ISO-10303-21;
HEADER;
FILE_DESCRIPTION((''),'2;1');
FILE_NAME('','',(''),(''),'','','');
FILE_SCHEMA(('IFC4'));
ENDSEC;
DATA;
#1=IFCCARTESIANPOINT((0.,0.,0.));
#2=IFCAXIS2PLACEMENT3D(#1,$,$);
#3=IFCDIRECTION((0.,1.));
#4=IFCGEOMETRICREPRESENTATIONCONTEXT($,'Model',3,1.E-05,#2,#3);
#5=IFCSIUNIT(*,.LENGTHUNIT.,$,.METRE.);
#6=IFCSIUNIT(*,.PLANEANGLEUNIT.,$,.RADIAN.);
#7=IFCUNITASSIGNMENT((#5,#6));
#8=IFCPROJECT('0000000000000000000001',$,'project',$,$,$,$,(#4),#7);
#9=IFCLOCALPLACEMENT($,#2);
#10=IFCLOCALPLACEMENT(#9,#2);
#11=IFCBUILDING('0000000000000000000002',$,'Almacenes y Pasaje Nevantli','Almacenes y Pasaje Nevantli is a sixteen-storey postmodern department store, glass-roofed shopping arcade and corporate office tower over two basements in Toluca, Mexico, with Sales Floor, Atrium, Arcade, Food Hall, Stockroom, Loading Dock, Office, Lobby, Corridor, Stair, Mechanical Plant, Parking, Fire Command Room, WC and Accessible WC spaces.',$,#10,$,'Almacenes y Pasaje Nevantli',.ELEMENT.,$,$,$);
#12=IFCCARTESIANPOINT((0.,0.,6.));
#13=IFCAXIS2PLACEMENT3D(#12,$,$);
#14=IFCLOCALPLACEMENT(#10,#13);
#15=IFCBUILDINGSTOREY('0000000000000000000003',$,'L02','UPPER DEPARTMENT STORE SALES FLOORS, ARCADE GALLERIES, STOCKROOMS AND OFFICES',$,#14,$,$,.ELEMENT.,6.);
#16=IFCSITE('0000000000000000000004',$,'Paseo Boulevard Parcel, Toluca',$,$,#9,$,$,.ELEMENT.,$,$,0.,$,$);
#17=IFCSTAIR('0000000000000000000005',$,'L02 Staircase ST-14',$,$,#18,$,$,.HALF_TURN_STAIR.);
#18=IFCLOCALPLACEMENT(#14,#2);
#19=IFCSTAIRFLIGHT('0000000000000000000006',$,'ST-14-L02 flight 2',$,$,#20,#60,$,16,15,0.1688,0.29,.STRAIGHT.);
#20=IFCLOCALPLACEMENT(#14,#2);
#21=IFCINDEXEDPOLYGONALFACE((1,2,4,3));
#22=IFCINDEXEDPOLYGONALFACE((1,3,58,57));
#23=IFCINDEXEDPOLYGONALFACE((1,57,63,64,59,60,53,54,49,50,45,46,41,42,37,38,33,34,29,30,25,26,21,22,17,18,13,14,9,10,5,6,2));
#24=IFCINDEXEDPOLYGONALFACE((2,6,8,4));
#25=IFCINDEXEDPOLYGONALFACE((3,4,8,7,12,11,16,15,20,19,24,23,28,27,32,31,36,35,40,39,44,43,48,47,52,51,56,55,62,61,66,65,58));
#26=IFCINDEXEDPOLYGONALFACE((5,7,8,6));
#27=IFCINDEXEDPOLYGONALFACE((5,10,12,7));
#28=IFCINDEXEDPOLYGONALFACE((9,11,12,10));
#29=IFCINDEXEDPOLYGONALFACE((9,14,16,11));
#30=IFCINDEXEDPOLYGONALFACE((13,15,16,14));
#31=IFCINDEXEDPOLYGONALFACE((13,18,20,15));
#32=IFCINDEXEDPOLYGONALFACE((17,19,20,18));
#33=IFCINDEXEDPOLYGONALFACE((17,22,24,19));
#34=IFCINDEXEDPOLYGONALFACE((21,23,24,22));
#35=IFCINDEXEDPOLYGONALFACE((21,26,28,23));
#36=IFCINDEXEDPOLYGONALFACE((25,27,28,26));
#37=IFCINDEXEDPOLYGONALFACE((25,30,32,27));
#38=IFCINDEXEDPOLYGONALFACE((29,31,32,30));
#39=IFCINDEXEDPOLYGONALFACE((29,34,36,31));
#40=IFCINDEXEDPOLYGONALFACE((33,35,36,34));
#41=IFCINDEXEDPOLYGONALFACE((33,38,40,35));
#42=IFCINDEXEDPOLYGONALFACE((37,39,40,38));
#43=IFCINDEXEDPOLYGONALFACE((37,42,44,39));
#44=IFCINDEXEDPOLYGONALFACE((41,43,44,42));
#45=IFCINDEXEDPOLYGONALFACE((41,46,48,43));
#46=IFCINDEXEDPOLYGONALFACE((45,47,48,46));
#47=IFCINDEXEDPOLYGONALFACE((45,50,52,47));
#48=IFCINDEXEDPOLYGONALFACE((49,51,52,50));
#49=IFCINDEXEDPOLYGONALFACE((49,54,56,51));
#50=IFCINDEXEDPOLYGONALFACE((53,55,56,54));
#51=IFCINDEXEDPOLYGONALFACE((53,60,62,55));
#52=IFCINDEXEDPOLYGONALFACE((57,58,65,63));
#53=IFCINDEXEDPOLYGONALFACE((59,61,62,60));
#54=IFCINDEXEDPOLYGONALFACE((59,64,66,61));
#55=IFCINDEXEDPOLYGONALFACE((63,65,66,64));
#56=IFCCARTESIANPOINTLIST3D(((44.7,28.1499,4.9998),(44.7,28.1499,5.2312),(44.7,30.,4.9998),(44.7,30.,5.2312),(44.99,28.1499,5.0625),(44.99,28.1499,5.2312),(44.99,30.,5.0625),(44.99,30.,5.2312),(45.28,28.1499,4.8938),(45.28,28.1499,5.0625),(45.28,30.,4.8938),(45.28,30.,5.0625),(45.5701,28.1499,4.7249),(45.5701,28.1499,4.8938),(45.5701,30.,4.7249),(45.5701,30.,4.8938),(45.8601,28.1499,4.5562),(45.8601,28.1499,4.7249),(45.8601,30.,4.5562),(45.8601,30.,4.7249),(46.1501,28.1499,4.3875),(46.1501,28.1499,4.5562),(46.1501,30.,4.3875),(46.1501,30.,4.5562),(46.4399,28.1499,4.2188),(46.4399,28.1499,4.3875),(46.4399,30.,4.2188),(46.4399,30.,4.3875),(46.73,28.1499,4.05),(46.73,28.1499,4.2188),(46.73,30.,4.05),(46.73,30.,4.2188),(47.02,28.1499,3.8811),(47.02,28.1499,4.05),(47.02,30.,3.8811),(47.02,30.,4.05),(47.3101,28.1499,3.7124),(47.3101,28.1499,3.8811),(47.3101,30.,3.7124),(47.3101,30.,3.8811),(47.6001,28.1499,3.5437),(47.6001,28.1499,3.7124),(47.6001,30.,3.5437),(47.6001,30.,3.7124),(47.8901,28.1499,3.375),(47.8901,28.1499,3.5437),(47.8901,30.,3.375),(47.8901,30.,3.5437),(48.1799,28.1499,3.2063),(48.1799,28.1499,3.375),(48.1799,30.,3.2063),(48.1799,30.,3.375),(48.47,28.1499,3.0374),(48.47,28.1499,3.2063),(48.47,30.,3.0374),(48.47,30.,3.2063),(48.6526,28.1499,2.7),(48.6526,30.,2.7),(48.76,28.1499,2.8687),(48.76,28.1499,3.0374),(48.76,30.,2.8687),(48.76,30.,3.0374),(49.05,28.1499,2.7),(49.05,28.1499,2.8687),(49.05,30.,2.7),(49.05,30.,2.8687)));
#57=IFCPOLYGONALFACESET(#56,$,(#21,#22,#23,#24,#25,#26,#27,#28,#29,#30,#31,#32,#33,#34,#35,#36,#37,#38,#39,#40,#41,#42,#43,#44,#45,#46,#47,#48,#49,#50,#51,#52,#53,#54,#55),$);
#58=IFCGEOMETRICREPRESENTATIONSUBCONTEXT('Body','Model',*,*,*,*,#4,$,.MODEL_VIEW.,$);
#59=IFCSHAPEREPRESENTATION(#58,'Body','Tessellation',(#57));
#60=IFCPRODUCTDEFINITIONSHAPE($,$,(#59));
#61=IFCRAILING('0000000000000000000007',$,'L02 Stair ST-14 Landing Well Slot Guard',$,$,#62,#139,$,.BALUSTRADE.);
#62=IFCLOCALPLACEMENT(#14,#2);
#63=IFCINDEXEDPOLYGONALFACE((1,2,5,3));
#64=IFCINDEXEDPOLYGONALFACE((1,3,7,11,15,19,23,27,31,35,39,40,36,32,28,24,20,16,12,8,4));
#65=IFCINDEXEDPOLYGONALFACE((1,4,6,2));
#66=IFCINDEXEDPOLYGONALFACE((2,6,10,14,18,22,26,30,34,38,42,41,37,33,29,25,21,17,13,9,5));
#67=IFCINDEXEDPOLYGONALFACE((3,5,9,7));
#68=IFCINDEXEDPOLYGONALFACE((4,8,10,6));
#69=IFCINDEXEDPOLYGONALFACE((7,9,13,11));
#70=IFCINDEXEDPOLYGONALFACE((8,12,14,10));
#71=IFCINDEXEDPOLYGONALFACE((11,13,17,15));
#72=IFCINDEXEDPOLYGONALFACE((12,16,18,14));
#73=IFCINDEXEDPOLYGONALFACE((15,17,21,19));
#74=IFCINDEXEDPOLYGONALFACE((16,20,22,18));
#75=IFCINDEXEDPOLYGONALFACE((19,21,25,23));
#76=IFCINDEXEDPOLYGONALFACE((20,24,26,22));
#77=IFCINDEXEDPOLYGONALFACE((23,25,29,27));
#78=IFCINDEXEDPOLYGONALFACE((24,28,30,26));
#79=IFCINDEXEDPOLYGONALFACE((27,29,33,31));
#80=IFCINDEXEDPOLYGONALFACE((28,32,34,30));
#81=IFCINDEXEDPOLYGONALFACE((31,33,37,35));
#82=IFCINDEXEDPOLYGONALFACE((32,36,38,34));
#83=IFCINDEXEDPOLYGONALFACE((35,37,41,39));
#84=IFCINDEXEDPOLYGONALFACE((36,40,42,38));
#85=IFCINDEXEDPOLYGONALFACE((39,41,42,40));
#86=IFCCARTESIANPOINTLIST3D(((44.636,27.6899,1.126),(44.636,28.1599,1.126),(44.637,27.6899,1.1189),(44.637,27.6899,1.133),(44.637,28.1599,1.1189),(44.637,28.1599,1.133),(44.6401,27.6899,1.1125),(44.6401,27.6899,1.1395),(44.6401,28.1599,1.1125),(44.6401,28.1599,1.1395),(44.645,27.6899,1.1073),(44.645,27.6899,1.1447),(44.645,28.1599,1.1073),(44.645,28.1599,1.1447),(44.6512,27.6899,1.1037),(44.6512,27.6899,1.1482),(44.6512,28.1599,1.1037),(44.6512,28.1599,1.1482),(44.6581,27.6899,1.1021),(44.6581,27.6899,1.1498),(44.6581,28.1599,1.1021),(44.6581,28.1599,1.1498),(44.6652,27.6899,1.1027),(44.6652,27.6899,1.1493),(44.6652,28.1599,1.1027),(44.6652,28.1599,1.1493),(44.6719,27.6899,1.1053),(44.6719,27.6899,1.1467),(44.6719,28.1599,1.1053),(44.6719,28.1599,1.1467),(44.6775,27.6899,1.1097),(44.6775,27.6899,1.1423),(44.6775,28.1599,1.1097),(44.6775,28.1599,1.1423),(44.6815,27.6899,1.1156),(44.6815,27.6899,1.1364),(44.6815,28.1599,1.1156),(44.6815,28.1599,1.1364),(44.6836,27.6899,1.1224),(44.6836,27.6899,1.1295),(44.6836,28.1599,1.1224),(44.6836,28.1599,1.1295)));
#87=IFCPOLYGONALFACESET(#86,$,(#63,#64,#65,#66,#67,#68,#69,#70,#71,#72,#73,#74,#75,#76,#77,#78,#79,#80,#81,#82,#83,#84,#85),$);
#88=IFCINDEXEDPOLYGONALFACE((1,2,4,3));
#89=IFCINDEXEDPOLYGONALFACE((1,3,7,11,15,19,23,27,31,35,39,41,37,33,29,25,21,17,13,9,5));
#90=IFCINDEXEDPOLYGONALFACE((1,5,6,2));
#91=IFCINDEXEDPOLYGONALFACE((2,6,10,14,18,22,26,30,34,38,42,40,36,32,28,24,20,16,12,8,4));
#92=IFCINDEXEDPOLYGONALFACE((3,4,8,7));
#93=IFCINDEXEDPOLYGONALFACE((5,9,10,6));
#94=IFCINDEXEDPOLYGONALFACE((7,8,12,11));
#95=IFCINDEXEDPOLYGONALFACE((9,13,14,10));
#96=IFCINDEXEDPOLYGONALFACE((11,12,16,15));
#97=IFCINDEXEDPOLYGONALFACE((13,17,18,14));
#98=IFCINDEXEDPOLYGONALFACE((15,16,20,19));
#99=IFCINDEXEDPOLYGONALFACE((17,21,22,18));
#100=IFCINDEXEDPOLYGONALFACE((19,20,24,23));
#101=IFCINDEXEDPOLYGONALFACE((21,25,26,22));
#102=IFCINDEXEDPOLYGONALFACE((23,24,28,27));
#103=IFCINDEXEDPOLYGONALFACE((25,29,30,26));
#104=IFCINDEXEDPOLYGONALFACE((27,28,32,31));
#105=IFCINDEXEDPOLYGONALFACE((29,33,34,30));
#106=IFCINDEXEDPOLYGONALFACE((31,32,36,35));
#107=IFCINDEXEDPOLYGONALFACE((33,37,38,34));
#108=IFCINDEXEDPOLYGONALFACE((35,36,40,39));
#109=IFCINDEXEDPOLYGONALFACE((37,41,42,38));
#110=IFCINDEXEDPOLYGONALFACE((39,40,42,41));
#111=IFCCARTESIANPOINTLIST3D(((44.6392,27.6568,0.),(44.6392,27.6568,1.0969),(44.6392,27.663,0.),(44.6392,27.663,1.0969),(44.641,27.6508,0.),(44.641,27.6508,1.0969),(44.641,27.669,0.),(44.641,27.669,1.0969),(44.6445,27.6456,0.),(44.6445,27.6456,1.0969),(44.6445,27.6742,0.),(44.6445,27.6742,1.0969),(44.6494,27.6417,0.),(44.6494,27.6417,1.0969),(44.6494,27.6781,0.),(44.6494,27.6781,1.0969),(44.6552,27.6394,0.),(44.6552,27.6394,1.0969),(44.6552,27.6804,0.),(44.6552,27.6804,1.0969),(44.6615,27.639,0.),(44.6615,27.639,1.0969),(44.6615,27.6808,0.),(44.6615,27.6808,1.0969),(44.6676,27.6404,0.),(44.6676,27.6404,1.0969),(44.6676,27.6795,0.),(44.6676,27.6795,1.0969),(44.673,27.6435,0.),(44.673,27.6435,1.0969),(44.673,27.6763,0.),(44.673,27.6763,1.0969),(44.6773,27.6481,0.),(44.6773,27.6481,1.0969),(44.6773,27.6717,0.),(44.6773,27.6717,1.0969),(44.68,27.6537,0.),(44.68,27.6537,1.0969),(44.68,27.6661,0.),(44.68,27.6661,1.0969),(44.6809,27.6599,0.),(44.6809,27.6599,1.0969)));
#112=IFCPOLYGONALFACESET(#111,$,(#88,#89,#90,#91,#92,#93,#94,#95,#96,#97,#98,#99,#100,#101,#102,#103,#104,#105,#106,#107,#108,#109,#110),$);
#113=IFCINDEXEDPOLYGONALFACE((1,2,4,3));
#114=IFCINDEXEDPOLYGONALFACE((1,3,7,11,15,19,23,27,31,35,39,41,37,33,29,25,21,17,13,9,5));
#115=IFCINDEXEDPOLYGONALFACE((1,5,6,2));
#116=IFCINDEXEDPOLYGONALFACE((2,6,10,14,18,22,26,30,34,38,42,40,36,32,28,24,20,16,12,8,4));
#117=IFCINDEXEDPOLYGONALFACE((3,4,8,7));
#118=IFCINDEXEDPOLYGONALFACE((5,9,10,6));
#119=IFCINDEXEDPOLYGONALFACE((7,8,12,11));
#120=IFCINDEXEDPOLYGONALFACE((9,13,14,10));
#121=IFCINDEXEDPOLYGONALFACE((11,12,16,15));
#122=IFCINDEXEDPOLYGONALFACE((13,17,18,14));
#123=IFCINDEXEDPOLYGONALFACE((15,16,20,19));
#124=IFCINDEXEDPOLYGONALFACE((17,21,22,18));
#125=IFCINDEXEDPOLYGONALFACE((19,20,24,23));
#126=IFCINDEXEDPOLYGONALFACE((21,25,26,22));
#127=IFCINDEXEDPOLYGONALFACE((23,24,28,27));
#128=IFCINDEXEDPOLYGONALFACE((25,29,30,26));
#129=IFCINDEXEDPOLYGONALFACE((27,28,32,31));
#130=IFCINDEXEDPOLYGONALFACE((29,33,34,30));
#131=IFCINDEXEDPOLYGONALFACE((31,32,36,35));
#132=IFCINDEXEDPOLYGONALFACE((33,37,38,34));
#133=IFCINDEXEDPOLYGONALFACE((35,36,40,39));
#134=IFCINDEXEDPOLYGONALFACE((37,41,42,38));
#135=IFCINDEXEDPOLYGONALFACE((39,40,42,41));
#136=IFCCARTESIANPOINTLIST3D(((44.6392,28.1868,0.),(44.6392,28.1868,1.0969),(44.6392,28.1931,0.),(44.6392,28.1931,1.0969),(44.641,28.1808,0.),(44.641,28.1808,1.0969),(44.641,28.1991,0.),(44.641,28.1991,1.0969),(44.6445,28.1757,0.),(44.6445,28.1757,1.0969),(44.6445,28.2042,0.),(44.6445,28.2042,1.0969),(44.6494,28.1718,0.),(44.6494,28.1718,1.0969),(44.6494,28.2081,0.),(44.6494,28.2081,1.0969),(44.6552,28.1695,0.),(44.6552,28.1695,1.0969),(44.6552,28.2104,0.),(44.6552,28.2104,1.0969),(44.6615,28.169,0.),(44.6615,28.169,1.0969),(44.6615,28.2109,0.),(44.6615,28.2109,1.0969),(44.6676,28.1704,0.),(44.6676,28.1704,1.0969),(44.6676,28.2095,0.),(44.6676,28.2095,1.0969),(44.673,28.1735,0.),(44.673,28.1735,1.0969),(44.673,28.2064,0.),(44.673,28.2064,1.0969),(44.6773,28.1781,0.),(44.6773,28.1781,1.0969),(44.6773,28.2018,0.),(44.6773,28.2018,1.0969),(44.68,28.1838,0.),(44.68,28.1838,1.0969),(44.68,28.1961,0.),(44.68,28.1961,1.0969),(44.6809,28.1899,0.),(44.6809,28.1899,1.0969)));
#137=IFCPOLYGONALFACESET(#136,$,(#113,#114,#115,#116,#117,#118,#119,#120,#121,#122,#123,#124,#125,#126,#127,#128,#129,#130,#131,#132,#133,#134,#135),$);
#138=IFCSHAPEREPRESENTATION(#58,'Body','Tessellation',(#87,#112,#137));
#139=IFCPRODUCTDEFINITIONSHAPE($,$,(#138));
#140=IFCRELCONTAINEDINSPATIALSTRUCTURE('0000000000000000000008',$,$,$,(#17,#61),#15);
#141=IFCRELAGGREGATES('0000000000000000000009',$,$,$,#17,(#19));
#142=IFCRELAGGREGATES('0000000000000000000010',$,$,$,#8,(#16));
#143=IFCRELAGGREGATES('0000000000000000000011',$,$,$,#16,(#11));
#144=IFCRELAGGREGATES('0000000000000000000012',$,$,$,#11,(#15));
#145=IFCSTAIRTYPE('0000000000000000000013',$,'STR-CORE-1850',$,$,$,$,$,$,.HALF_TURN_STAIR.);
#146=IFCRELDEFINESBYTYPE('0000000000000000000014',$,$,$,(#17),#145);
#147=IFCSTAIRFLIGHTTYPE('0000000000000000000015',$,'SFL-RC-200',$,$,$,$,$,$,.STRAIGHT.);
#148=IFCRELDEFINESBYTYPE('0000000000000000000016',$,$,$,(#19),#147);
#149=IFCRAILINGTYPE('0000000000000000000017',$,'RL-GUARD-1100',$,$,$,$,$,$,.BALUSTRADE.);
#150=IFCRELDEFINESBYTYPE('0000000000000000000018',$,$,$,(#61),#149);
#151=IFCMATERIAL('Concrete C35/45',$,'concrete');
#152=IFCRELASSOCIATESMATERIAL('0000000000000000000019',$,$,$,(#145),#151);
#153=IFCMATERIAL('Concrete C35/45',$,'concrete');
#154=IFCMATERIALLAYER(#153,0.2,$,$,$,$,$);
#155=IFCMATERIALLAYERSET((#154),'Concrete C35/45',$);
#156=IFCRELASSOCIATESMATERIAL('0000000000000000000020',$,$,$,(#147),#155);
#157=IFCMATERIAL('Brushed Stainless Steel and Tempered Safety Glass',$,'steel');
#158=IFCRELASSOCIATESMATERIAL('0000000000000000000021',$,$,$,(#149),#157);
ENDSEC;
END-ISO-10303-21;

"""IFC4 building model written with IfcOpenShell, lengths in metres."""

from ifc_helpers import new_model, si_unit, direction, frame, origin, origin_2d, place, context, subcontext, project, spatial, polyline, circle, outline, extrude, material, layer, layer_set, type_object, element, aggregate, save


model = new_model("IFC4")

# Units and contexts
model_context = context("Model", 3, precision=1e-05, world=origin(), true_north=direction((0.0, 1.0)))
body_context = subcontext(model_context, "Body", "Model", "MODEL_VIEW")
ifc_project = project(units=[si_unit("LENGTHUNIT", "METRE"), si_unit("PLANEANGLEUNIT", "RADIAN")], contexts=[model_context])

# Site, building, storey
site_placement = place(None, origin())
site = spatial("IfcSite", under=ifc_project, at=site_placement, Name="Paseo Boulevard Parcel, Toluca", CompositionType="ELEMENT", RefElevation=0.0)
building_placement = place(site_placement, origin())
building = spatial("IfcBuilding", under=site, at=building_placement, Name="Almacenes y Pasaje Nevantli", Description="Almacenes y Pasaje Nevantli is a sixteen-storey postmodern department store, glass-roofed shopping arcade and corporate office tower over two basements in Toluca, Mexico, with Sales Floor, Atrium, Arcade, Food Hall, Stockroom, Loading Dock, Office, Lobby, Corridor, Stair, Mechanical Plant, Parking, Fire Command Room, WC and Accessible WC spaces.", LongName="Almacenes y Pasaje Nevantli", CompositionType="ELEMENT")
storey_placement = place(building_placement, frame((0.0, 0.0, 6.0)))
storey = spatial("IfcBuildingStorey", under=building, at=storey_placement, Name="L02", Description="UPPER DEPARTMENT STORE SALES FLOORS, ARCADE GALLERIES, STOCKROOMS AND OFFICES", CompositionType="ELEMENT", Elevation=6.0)

# Stair, stair flight
ifc_material_1 = material(Name="Concrete C35/45", Category="concrete")
stair_type = type_object("IfcStairType", Name="STR-CORE-1850", PredefinedType="HALF_TURN_STAIR", material=ifc_material_1)
stair_placement = place(storey_placement, origin())
stair = element("IfcStair", 1, at=stair_placement, inside=storey, type_object=stair_type, Name="L02 Staircase ST-14", PredefinedType="HALF_TURN_STAIR")
ifc_material_2 = material(Name="Concrete C35/45", Category="concrete")
ifc_layer_1 = layer(ifc_material_2, 0.2)
ifc_layer_set_1 = layer_set([ifc_layer_1], Name="Concrete C35/45")
stair_flight_type = type_object("IfcStairFlightType", Name="SFL-RC-200", PredefinedType="STRAIGHT", material=ifc_layer_set_1)
stair_flight_1_placement = place(storey_placement, frame((49.05, 29.075, 2.7), z_axis=(0.0, 0.0, 1.0), x_axis=(-1.0, 0.0, 0.0)))
stair_flight_1 = element("IfcStairFlight", 2, at=stair_flight_1_placement, type_object=stair_flight_type, Name="ST-14-L02 flight 2", NumberOfRisers=16, NumberOfTreads=15, PredefinedType="STRAIGHT", RiserHeight=0.1688, TreadLength=0.29, context=body_context, shape_type="SweptSolid", body=[
    extrude(outline(polyline([(0.0, 0.0), (0.0, 0.1687), (0.29, 0.1687), (0.29, 0.3374), (0.5801, 0.3374), (0.5801, 0.5063), (0.8701, 0.5063), (0.8701, 0.675), (1.1599, 0.675), (1.1599, 0.8438), (1.45, 0.8438), (1.45, 1.0125), (1.74, 1.0125), (1.74, 1.1812), (2.03, 1.1812), (2.03, 1.3501), (2.3201, 1.3501), (2.3201, 1.5188), (2.6101, 1.5188), (2.6101, 1.6875), (2.8999, 1.6875), (2.8999, 1.8562), (3.1899, 1.8562), (3.1899, 2.0249), (3.48, 2.0249), (3.48, 2.1938), (3.77, 2.1938), (3.77, 2.3625), (4.0601, 2.3625), (4.0601, 2.5312), (4.3501, 2.5312), (4.3501, 2.7), (4.3501, 2.2998), (0.3975, 0.0), (0.0, 0.0)])), frame((0.0, 0.925, 0.0), z_axis=(0.0, -1.0, 0.0), x_axis=(1.0, 0.0, 0.0)), (0.0, 0.0, 1.0), 1.8501),
])
aggregate(stair, [stair_flight_1])

# Railing
ifc_material_3 = material(Name="Brushed Stainless Steel and Tempered Safety Glass", Category="steel")
railing_type_1 = type_object("IfcRailingType", Name="RL-GUARD-1100", PredefinedType="BALUSTRADE", material=ifc_material_3)
railing_1_placement = place(storey_placement, frame((44.6599, 27.6599, 0.0)))
element("IfcRailing", 3, at=railing_1_placement, inside=storey, type_object=railing_type_1, Name="L02 Stair ST-14 Landing Well Slot Guard", PredefinedType="BALUSTRADE", context=body_context, shape_type="SweptSolid", body=[
    extrude(circle(Radius=0.0239, at=origin_2d()), frame((0.0, 0.03, 1.126), z_axis=(0.0, 1.0, 0.0), x_axis=(-1.0, 0.0, 0.0)), (0.0, 0.0, 1.0), 0.47),
    extrude(circle(Radius=0.021, at=origin_2d()), origin(), (0.0, 0.0, 1.0), 1.0969),
    extrude(circle(Radius=0.021, at=origin_2d()), frame((0.0, 0.53, 0.0)), (0.0, 0.0, 1.0), 1.0969),
])

save(model, "model.ifc")
